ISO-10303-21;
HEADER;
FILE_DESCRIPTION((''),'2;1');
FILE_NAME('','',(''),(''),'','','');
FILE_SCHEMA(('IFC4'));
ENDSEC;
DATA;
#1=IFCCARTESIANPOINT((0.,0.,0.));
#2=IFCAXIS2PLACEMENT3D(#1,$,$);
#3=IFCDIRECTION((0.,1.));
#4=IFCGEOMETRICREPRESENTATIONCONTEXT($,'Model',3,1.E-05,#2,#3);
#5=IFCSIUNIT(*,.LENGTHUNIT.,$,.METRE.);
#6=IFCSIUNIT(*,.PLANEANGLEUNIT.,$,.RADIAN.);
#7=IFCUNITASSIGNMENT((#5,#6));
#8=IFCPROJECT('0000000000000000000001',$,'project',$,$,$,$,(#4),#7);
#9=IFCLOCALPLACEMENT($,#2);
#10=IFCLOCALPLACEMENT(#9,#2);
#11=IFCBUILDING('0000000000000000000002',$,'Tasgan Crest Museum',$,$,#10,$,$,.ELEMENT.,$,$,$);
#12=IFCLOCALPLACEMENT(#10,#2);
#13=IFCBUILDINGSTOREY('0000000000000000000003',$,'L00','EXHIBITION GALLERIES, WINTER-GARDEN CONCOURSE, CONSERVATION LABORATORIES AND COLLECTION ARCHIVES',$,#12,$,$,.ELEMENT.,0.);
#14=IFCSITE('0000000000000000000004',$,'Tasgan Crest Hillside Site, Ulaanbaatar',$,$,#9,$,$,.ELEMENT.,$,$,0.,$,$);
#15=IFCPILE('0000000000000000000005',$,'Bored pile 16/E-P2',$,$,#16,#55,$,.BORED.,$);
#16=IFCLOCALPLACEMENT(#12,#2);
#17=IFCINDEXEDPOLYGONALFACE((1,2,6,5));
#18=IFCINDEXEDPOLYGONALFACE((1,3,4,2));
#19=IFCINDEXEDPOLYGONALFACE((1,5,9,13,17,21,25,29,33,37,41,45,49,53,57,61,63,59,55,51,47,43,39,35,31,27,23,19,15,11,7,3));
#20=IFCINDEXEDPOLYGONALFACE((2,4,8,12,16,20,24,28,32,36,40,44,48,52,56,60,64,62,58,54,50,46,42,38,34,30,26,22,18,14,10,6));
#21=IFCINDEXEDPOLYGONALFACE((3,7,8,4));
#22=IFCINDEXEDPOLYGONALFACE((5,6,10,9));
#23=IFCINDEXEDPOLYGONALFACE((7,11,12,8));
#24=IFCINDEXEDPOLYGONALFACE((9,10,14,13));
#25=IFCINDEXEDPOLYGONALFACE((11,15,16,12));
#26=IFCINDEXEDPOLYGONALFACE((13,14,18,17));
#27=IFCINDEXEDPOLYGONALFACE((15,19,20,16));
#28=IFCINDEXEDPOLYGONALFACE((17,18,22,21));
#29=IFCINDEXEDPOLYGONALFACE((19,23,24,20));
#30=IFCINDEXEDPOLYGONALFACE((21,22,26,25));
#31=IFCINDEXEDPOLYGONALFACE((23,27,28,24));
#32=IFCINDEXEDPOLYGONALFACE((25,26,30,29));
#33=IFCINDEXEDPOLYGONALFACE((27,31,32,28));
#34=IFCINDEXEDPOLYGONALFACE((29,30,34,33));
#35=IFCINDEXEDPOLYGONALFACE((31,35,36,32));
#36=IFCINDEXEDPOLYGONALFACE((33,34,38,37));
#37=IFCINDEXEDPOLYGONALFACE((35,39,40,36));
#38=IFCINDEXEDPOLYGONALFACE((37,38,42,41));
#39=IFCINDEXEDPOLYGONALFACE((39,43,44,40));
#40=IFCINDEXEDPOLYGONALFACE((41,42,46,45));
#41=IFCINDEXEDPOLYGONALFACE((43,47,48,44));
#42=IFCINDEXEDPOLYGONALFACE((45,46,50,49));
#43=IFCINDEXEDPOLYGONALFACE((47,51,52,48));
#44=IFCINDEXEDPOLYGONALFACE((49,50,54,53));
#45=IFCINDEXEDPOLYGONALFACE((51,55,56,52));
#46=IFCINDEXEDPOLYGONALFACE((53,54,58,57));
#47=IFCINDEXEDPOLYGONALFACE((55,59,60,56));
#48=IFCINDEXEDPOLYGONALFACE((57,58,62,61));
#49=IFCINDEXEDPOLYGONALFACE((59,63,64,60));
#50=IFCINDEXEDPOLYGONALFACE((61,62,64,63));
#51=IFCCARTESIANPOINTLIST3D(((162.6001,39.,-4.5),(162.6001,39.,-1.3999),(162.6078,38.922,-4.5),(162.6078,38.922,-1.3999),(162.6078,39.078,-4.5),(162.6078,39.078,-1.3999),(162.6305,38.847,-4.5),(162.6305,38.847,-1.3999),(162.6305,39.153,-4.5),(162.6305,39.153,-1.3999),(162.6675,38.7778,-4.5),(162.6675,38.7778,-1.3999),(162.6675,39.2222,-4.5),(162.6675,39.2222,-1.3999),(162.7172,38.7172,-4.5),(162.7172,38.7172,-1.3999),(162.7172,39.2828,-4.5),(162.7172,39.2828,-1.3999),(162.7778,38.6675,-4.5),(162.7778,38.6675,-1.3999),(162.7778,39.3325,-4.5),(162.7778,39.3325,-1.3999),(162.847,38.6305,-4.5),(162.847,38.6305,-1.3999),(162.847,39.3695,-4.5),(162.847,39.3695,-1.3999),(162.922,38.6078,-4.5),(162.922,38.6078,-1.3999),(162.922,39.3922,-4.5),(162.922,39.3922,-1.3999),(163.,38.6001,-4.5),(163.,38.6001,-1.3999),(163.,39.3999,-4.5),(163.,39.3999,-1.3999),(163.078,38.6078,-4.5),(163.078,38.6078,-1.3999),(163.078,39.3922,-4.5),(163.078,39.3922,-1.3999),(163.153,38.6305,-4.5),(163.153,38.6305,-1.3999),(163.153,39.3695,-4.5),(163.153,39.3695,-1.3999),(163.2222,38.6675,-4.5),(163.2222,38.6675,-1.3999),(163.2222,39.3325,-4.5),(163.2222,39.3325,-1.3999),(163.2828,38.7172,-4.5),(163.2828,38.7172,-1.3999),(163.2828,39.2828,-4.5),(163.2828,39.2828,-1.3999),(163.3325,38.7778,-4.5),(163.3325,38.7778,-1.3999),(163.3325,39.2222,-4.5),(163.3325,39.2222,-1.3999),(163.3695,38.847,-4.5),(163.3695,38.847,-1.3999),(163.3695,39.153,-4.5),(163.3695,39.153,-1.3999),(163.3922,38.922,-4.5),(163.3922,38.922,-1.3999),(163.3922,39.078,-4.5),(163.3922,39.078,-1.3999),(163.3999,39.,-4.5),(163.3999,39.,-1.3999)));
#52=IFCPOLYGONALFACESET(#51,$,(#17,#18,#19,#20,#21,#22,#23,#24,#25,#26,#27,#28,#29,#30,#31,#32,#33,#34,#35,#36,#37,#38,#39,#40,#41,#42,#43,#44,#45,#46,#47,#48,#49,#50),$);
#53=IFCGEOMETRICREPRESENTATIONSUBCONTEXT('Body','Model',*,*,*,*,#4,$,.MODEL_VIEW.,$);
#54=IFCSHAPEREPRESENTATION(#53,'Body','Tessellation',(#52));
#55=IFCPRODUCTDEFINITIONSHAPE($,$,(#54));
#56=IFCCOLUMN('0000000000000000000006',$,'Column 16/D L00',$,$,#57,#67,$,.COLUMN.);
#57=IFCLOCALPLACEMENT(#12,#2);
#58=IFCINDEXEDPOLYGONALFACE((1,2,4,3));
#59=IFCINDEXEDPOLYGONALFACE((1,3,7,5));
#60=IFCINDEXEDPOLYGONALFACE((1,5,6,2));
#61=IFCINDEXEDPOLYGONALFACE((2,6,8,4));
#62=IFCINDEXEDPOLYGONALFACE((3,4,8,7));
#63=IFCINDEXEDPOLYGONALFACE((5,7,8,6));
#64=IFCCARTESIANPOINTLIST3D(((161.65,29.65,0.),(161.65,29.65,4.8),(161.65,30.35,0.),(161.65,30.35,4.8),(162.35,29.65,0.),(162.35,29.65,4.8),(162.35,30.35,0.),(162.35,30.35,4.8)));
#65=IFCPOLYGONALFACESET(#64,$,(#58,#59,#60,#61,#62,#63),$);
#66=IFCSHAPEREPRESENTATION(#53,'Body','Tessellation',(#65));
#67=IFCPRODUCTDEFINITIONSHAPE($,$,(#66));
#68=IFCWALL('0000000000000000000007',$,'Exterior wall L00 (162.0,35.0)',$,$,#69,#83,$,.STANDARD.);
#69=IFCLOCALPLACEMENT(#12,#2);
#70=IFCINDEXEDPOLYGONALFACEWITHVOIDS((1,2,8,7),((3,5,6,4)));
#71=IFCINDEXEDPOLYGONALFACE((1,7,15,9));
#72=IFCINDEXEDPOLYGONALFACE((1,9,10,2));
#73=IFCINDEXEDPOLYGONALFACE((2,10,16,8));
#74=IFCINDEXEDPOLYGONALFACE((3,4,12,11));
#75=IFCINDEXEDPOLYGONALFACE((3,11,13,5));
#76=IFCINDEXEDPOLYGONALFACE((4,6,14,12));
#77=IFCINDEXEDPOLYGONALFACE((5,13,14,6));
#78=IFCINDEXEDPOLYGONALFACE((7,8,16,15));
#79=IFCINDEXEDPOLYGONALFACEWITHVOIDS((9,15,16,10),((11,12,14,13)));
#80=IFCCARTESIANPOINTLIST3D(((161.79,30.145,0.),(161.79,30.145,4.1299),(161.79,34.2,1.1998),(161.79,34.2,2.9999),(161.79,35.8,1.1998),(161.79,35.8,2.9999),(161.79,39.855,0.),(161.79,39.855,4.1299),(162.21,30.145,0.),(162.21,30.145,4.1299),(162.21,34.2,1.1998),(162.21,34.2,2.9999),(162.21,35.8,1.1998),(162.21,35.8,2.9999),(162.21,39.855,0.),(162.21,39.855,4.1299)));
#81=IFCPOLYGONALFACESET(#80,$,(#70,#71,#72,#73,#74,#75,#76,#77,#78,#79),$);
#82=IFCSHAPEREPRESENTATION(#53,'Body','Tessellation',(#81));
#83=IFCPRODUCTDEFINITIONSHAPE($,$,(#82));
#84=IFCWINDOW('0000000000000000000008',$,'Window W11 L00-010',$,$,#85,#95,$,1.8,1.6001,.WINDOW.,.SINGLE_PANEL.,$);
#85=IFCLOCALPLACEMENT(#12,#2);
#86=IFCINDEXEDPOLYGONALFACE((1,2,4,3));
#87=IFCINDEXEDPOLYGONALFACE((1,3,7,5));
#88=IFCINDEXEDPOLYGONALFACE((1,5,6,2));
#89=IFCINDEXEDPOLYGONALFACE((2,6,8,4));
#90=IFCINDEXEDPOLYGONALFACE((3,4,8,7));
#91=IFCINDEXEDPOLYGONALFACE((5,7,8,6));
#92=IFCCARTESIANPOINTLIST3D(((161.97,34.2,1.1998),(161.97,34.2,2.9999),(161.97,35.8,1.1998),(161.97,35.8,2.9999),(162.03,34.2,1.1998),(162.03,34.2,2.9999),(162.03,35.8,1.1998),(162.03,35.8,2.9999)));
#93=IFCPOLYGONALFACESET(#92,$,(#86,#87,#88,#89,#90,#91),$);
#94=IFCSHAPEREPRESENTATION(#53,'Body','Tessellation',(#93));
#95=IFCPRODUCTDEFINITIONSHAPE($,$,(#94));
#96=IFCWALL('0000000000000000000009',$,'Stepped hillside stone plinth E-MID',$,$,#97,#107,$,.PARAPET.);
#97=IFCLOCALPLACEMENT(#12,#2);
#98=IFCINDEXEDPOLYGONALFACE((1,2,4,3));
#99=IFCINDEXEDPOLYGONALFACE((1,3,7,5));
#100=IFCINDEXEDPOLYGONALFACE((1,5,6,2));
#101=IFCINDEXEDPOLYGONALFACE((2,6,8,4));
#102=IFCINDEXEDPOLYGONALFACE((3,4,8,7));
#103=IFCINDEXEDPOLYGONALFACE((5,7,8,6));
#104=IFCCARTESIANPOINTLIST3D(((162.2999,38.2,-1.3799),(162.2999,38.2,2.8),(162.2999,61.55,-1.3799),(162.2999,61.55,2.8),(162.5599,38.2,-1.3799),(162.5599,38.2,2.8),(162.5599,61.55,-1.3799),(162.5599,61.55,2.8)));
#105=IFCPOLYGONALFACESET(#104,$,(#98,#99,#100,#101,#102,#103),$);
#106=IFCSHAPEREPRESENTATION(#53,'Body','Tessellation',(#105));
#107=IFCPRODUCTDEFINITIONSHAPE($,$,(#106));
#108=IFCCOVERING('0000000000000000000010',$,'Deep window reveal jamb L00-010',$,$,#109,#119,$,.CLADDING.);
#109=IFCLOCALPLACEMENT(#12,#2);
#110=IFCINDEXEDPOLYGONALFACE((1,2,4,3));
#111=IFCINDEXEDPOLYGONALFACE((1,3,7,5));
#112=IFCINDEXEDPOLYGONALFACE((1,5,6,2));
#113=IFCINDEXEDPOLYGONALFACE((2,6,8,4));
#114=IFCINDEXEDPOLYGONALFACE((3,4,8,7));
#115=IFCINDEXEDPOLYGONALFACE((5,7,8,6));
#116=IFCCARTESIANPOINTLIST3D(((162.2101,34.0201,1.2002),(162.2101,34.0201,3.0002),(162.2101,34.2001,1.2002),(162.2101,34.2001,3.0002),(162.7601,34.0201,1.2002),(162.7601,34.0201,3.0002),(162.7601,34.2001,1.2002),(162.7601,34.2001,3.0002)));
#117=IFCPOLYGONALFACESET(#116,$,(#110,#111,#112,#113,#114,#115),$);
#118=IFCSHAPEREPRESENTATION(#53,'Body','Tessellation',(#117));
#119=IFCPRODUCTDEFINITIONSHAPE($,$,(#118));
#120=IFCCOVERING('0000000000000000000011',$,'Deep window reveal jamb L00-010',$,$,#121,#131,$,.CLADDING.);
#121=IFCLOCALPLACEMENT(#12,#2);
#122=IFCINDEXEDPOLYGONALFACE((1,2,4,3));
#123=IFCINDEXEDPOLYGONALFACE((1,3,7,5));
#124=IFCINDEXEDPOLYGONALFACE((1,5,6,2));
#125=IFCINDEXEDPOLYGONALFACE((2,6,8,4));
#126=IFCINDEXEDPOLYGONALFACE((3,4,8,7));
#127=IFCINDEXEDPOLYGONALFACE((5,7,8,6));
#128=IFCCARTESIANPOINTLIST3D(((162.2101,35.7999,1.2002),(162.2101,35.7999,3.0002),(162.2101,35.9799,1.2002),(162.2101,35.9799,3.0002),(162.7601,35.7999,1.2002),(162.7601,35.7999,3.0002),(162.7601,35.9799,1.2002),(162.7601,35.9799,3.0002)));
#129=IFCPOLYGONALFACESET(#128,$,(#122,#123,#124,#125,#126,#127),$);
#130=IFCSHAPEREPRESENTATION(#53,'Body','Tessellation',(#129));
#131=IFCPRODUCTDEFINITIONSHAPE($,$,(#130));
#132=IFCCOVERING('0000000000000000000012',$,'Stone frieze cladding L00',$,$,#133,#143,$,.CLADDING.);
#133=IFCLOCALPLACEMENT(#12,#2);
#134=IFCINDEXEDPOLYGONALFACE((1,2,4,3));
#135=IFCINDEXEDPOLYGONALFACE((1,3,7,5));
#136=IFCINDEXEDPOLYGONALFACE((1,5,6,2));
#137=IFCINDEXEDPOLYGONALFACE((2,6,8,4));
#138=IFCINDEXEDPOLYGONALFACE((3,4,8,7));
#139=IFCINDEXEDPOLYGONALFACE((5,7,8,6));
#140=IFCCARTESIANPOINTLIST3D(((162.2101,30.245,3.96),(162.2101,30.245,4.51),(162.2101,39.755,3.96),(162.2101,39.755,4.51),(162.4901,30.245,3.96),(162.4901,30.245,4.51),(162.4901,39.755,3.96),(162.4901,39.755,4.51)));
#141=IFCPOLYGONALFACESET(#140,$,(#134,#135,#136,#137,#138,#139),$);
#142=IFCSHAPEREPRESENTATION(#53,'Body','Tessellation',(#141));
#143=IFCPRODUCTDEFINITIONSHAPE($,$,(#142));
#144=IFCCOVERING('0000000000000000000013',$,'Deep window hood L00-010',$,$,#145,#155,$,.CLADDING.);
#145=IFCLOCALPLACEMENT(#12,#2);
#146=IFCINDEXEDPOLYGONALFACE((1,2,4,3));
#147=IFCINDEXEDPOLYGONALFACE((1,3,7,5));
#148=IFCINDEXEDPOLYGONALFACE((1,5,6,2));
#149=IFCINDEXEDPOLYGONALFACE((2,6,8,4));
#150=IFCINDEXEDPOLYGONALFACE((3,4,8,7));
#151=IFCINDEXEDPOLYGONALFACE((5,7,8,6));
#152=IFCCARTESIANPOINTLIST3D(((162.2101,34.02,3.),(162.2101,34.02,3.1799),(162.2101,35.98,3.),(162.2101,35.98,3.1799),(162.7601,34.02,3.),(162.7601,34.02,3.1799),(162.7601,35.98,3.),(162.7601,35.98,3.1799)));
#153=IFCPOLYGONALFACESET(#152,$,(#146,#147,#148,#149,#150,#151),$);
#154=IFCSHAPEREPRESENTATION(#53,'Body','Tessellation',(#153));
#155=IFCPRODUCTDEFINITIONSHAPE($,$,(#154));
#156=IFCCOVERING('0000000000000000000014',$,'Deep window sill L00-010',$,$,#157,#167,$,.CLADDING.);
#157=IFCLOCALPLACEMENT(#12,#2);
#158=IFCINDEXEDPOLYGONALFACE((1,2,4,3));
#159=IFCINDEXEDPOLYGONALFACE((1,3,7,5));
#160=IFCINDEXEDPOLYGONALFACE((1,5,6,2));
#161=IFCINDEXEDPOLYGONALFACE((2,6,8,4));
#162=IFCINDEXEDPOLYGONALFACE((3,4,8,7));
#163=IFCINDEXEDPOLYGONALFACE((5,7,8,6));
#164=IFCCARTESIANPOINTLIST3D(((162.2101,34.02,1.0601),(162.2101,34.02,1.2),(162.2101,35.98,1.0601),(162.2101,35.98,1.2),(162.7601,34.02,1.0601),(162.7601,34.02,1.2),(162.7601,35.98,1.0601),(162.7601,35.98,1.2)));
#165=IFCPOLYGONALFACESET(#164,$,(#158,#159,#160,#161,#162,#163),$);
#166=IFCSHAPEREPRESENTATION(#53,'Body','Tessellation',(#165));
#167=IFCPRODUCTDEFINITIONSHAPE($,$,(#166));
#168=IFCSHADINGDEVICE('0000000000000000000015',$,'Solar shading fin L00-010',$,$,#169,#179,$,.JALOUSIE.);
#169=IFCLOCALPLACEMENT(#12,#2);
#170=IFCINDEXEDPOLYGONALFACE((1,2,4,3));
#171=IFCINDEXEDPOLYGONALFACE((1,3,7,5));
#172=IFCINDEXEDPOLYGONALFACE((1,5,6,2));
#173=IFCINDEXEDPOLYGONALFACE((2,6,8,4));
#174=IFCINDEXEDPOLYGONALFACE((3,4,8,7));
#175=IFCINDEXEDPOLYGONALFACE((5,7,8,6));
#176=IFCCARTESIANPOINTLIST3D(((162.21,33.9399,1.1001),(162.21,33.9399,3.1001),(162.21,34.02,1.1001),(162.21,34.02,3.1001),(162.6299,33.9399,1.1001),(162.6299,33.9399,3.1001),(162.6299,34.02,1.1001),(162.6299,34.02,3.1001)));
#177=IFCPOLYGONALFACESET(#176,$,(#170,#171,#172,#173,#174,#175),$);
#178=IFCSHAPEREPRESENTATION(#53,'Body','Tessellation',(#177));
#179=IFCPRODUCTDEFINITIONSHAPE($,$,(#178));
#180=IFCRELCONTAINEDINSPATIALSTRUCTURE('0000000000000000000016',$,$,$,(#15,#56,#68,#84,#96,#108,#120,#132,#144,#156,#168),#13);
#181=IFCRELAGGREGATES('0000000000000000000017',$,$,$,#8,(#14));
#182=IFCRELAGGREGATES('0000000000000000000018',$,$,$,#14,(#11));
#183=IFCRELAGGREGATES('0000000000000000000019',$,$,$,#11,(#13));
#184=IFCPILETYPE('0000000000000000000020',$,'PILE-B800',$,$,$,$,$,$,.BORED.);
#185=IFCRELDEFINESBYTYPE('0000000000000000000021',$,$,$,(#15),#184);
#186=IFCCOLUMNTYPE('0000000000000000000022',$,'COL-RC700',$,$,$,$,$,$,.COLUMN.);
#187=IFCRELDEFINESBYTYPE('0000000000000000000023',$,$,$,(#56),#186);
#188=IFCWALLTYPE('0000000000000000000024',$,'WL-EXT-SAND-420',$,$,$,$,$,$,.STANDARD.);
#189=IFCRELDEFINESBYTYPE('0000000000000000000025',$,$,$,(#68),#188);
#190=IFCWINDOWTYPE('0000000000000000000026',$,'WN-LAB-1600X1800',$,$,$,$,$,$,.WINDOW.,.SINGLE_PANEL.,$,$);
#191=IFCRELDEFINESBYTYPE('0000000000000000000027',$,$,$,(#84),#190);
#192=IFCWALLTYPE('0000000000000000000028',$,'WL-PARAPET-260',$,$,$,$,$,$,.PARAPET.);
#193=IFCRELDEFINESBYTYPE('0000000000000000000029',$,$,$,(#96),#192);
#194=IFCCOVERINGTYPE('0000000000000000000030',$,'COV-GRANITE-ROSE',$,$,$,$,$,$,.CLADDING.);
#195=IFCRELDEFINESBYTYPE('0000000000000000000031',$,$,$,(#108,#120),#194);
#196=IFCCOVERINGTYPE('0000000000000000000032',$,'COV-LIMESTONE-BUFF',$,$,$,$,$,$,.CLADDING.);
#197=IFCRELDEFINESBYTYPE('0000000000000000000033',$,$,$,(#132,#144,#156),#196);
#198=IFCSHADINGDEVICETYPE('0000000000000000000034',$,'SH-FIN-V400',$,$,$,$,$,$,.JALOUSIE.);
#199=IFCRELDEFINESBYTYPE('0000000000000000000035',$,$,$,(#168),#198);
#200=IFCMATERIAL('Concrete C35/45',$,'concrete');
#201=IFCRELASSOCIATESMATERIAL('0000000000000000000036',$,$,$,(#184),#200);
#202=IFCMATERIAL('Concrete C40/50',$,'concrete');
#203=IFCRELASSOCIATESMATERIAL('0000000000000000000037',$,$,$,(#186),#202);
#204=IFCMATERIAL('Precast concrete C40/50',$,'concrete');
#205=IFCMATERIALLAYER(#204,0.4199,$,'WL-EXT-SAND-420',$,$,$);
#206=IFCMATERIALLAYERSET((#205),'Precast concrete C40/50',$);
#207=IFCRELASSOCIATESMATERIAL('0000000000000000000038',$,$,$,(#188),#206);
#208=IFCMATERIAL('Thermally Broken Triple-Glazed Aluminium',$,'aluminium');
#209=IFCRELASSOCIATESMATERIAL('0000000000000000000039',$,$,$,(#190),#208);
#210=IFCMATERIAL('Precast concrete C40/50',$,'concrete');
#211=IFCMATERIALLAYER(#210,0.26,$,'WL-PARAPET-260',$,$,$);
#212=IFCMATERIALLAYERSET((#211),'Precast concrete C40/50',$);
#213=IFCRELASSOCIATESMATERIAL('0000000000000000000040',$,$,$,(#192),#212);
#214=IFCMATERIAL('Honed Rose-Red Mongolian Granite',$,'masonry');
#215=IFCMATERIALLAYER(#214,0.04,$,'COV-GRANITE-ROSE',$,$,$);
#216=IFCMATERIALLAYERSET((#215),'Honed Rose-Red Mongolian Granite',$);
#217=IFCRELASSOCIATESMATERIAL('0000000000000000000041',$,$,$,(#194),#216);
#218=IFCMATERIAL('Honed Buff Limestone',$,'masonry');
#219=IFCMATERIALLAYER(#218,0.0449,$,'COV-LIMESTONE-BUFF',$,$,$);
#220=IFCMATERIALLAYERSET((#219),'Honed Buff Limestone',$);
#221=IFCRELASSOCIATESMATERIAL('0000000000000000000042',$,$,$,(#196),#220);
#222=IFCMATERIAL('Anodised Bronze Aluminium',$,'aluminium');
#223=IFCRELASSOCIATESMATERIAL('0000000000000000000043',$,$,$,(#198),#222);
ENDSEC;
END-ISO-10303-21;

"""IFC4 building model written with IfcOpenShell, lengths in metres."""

from ifc_helpers import new_model, si_unit, direction, frame, frame_2d, origin, origin_2d, place, context, subcontext, project, spatial, rectangle, circle, extrude, material, layer, layer_set, material_profile, profile_set, type_object, element, fill, save


model = new_model("IFC4")

# Units and contexts
model_context = context("Model", 3, precision=1e-05, world=origin(), true_north=direction((0.0, 1.0)))
body_context = subcontext(model_context, "Body", "Model", "MODEL_VIEW")
ifc_project = project(units=[si_unit("LENGTHUNIT", "METRE"), si_unit("PLANEANGLEUNIT", "RADIAN")], contexts=[model_context])

# Site, building, storey
site_placement = place(None, origin())
site = spatial("IfcSite", under=ifc_project, at=site_placement, Name="Tasgan Crest Hillside Site, Ulaanbaatar", CompositionType="ELEMENT", RefElevation=0.0)
building_placement = place(site_placement, origin())
building = spatial("IfcBuilding", under=site, at=building_placement, Name="Tasgan Crest Museum", CompositionType="ELEMENT")
storey_placement = place(building_placement, origin())
storey = spatial("IfcBuildingStorey", under=building, at=storey_placement, Name="L00", Description="EXHIBITION GALLERIES, WINTER-GARDEN CONCOURSE, CONSERVATION LABORATORIES AND COLLECTION ARCHIVES", CompositionType="ELEMENT", Elevation=0.0)

# Pile
ifc_material_1 = material(Name="Concrete C35/45", Category="concrete")
ifc_material_profile_1 = material_profile(ifc_material_1, circle(Radius=0.3999, at=origin_2d()), Name="PILE D800")
ifc_profile_set_1 = profile_set([ifc_material_profile_1], Name="Concrete C35/45")
pile_type = type_object("IfcPileType", Name="PILE-B800", PredefinedType="BORED", material=ifc_profile_set_1)
for number, where, z_axis, x_axis, name in (
    (1, (163.0, 39.0, -1.3999), (0.0, 0.0, -1.0), (1.0, 0.0, 0.0), "Bored pile 16/E-P2"),
):
    element("IfcPile", number, at=place(storey_placement, frame(where, z_axis=z_axis, x_axis=x_axis)), inside=storey, type_object=pile_type, Name=name, PredefinedType="BORED", context=body_context, shape_type="SweptSolid", body=[
        extrude(circle(Radius=0.3999, at=origin_2d()), origin(), (0.0, 0.0, 1.0), 3.1001),
    ])

# Column
ifc_material_2 = material(Name="Concrete C40/50", Category="concrete")
ifc_material_profile_2 = material_profile(ifc_material_2, rectangle(XDim=0.7, YDim=0.7, at=origin_2d()), Name="RC 700x700")
ifc_profile_set_2 = profile_set([ifc_material_profile_2], Name="Concrete C40/50")
column_type = type_object("IfcColumnType", Name="COL-RC700", PredefinedType="COLUMN", material=ifc_profile_set_2)
column_placement = place(storey_placement, frame((162.0, 30.0, 0.0), z_axis=(0.0, 0.0, 1.0), x_axis=(1.0, 0.0, 0.0)))
element("IfcColumn", 2, at=column_placement, inside=storey, type_object=column_type, Name="Column 16/D L00", PredefinedType="COLUMN", context=body_context, shape_type="SweptSolid", body=[
    extrude(rectangle(XDim=0.7, YDim=0.7, at=origin_2d()), origin(), (0.0, 0.0, 1.0), 4.8),
])

# Wall, opening, window
ifc_material_3 = material(Name="Precast concrete C40/50", Category="concrete")
ifc_layer_1 = layer(ifc_material_3, 0.4199, Name="WL-EXT-SAND-420")
ifc_layer_set_1 = layer_set([ifc_layer_1], Name="Precast concrete C40/50")
wall_type_1 = type_object("IfcWallType", Name="WL-EXT-SAND-420", PredefinedType="STANDARD", material=ifc_layer_set_1)
wall_1_placement = place(storey_placement, frame((162.0, 30.145, 0.0), z_axis=(0.0, 0.0, 1.0), x_axis=(0.0, 1.0, 0.0)))
wall_1 = element("IfcWall", 3, at=wall_1_placement, inside=storey, type_object=wall_type_1, Name="Exterior wall L00 (162.0,35.0)", PredefinedType="STANDARD", context=body_context, shape_type="SweptSolid", body=[
    extrude(rectangle(XDim=9.71, YDim=0.4199, at=frame_2d((4.855, 0.0))), origin(), (0.0, 0.0, 1.0), 4.1299),
])
opening_placement = place(wall_1_placement, frame((4.0549, 0.0, 1.2)))
opening = element("IfcOpeningElement", 4, at=opening_placement, cuts=wall_1, PredefinedType="OPENING", context=body_context, shape_type="SweptSolid", body=[
    extrude(rectangle(XDim=1.6001, YDim=1.8, at=frame_2d((0.8, 0.8999))), frame((0.0, 0.22, 0.0), z_axis=(0.0, -1.0, 0.0), x_axis=(1.0, 0.0, 0.0)), (0.0, 0.0, 1.0), 0.4399),
])
ifc_material_4 = material(Name="Thermally Broken Triple-Glazed Aluminium", Category="aluminium")
window_type = type_object("IfcWindowType", Name="WN-LAB-1600X1800", PartitioningType="SINGLE_PANEL", PredefinedType="WINDOW", material=ifc_material_4)
window_placement = place(opening_placement, origin())
window = element("IfcWindow", 5, at=window_placement, inside=storey, type_object=window_type, Name="Window W11 L00-010", OverallHeight=1.8, OverallWidth=1.6001, PartitioningType="SINGLE_PANEL", PredefinedType="WINDOW", context=body_context, shape_type="SweptSolid", body=[
    extrude(rectangle(XDim=1.6001, YDim=1.8, at=frame_2d((0.8, 0.8999))), frame((0.0, 0.03, 0.0), z_axis=(0.0, -1.0, 0.0), x_axis=(1.0, 0.0, 0.0)), (0.0, 0.0, 1.0), 0.0601),
])
fill(opening, window)

# Wall
ifc_material_5 = material(Name="Precast concrete C40/50", Category="concrete")
ifc_layer_2 = layer(ifc_material_5, 0.26, Name="WL-PARAPET-260")
ifc_layer_set_2 = layer_set([ifc_layer_2], Name="Precast concrete C40/50")
wall_type_2 = type_object("IfcWallType", Name="WL-PARAPET-260", PredefinedType="PARAPET", material=ifc_layer_set_2)
wall_2_placement = place(storey_placement, frame((162.4299, 38.2, -1.3799), z_axis=(0.0, 0.0, 1.0), x_axis=(0.0, 1.0, 0.0)))
element("IfcWall", 6, at=wall_2_placement, inside=storey, type_object=wall_type_2, Name="Stepped hillside stone plinth E-MID", PredefinedType="PARAPET", context=body_context, shape_type="SweptSolid", body=[
    extrude(rectangle(XDim=23.3501, YDim=0.26, at=frame_2d((11.675, 0.0))), origin(), (0.0, 0.0, 1.0), 4.1799),
])

# Coverings
ifc_material_6 = material(Name="Honed Rose-Red Mongolian Granite", Category="masonry")
ifc_layer_3 = layer(ifc_material_6, 0.04, Name="COV-GRANITE-ROSE")
ifc_layer_set_3 = layer_set([ifc_layer_3], Name="Honed Rose-Red Mongolian Granite")
covering_type_1 = type_object("IfcCoveringType", Name="COV-GRANITE-ROSE", PredefinedType="CLADDING", material=ifc_layer_set_3)
for number, where, z_axis, x_axis, name in (
    (7, (162.4851, 34.1101, 1.2002), (0.0, 0.0, 1.0), (0.0, 1.0, 0.0), "Deep window reveal jamb L00-010"),
    (8, (162.4851, 35.8899, 1.2002), (0.0, 0.0, 1.0), (0.0, 1.0, 0.0), "Deep window reveal jamb L00-010"),
):
    element("IfcCovering", number, at=place(storey_placement, frame(where, z_axis=z_axis, x_axis=x_axis)), inside=storey, type_object=covering_type_1, Name=name, PredefinedType="CLADDING", context=body_context, shape_type="SweptSolid", body=[
        extrude(rectangle(XDim=0.1799, YDim=0.55, at=origin_2d()), origin(), (0.0, 0.0, 1.0), 1.8),
    ])
ifc_material_7 = material(Name="Honed Buff Limestone", Category="masonry")
ifc_layer_4 = layer(ifc_material_7, 0.0449, Name="COV-LIMESTONE-BUFF")
ifc_layer_set_4 = layer_set([ifc_layer_4], Name="Honed Buff Limestone")
covering_type_2 = type_object("IfcCoveringType", Name="COV-LIMESTONE-BUFF", PredefinedType="CLADDING", material=ifc_layer_set_4)
covering_1_placement = place(storey_placement, frame((162.3501, 35.0, 3.96), z_axis=(0.0, 0.0, 1.0), x_axis=(0.0, 1.0, 0.0)))
element("IfcCovering", 9, at=covering_1_placement, inside=storey, type_object=covering_type_2, Name="Stone frieze cladding L00", PredefinedType="CLADDING", context=body_context, shape_type="SweptSolid", body=[
    extrude(rectangle(XDim=9.51, YDim=0.28, at=origin_2d()), origin(), (0.0, 0.0, 1.0), 0.55),
])
covering_2_placement = place(storey_placement, frame((162.4851, 35.0, 3.0), z_axis=(0.0, 0.0, 1.0), x_axis=(0.0, 1.0, 0.0)))
element("IfcCovering", 10, at=covering_2_placement, inside=storey, type_object=covering_type_2, Name="Deep window hood L00-010", PredefinedType="CLADDING", context=body_context, shape_type="SweptSolid", body=[
    extrude(rectangle(XDim=1.96, YDim=0.55, at=origin_2d()), origin(), (0.0, 0.0, 1.0), 0.1799),
])
covering_3_placement = place(storey_placement, frame((162.4851, 35.0, 1.0601), z_axis=(0.0, 0.0, 1.0), x_axis=(0.0, 1.0, 0.0)))
element("IfcCovering", 11, at=covering_3_placement, inside=storey, type_object=covering_type_2, Name="Deep window sill L00-010", PredefinedType="CLADDING", context=body_context, shape_type="SweptSolid", body=[
    extrude(rectangle(XDim=1.96, YDim=0.55, at=origin_2d()), origin(), (0.0, 0.0, 1.0), 0.1399),
])

# Shading device
ifc_material_8 = material(Name="Anodised Bronze Aluminium", Category="aluminium")
shading_device_type = type_object("IfcShadingDeviceType", Name="SH-FIN-V400", PredefinedType="JALOUSIE", material=ifc_material_8)
shading_device_placement = place(storey_placement, frame((162.4199, 33.98, 1.1001), z_axis=(0.0, 0.0, 1.0), x_axis=(0.0, 1.0, 0.0)))
element("IfcShadingDevice", 12, at=shading_device_placement, inside=storey, type_object=shading_device_type, Name="Solar shading fin L00-010", PredefinedType="JALOUSIE", context=body_context, shape_type="SweptSolid", body=[
    extrude(rectangle(XDim=0.0801, YDim=0.4199, at=origin_2d()), origin(), (0.0, 0.0, 1.0), 2.0),
])

save(model, "model.ifc")
